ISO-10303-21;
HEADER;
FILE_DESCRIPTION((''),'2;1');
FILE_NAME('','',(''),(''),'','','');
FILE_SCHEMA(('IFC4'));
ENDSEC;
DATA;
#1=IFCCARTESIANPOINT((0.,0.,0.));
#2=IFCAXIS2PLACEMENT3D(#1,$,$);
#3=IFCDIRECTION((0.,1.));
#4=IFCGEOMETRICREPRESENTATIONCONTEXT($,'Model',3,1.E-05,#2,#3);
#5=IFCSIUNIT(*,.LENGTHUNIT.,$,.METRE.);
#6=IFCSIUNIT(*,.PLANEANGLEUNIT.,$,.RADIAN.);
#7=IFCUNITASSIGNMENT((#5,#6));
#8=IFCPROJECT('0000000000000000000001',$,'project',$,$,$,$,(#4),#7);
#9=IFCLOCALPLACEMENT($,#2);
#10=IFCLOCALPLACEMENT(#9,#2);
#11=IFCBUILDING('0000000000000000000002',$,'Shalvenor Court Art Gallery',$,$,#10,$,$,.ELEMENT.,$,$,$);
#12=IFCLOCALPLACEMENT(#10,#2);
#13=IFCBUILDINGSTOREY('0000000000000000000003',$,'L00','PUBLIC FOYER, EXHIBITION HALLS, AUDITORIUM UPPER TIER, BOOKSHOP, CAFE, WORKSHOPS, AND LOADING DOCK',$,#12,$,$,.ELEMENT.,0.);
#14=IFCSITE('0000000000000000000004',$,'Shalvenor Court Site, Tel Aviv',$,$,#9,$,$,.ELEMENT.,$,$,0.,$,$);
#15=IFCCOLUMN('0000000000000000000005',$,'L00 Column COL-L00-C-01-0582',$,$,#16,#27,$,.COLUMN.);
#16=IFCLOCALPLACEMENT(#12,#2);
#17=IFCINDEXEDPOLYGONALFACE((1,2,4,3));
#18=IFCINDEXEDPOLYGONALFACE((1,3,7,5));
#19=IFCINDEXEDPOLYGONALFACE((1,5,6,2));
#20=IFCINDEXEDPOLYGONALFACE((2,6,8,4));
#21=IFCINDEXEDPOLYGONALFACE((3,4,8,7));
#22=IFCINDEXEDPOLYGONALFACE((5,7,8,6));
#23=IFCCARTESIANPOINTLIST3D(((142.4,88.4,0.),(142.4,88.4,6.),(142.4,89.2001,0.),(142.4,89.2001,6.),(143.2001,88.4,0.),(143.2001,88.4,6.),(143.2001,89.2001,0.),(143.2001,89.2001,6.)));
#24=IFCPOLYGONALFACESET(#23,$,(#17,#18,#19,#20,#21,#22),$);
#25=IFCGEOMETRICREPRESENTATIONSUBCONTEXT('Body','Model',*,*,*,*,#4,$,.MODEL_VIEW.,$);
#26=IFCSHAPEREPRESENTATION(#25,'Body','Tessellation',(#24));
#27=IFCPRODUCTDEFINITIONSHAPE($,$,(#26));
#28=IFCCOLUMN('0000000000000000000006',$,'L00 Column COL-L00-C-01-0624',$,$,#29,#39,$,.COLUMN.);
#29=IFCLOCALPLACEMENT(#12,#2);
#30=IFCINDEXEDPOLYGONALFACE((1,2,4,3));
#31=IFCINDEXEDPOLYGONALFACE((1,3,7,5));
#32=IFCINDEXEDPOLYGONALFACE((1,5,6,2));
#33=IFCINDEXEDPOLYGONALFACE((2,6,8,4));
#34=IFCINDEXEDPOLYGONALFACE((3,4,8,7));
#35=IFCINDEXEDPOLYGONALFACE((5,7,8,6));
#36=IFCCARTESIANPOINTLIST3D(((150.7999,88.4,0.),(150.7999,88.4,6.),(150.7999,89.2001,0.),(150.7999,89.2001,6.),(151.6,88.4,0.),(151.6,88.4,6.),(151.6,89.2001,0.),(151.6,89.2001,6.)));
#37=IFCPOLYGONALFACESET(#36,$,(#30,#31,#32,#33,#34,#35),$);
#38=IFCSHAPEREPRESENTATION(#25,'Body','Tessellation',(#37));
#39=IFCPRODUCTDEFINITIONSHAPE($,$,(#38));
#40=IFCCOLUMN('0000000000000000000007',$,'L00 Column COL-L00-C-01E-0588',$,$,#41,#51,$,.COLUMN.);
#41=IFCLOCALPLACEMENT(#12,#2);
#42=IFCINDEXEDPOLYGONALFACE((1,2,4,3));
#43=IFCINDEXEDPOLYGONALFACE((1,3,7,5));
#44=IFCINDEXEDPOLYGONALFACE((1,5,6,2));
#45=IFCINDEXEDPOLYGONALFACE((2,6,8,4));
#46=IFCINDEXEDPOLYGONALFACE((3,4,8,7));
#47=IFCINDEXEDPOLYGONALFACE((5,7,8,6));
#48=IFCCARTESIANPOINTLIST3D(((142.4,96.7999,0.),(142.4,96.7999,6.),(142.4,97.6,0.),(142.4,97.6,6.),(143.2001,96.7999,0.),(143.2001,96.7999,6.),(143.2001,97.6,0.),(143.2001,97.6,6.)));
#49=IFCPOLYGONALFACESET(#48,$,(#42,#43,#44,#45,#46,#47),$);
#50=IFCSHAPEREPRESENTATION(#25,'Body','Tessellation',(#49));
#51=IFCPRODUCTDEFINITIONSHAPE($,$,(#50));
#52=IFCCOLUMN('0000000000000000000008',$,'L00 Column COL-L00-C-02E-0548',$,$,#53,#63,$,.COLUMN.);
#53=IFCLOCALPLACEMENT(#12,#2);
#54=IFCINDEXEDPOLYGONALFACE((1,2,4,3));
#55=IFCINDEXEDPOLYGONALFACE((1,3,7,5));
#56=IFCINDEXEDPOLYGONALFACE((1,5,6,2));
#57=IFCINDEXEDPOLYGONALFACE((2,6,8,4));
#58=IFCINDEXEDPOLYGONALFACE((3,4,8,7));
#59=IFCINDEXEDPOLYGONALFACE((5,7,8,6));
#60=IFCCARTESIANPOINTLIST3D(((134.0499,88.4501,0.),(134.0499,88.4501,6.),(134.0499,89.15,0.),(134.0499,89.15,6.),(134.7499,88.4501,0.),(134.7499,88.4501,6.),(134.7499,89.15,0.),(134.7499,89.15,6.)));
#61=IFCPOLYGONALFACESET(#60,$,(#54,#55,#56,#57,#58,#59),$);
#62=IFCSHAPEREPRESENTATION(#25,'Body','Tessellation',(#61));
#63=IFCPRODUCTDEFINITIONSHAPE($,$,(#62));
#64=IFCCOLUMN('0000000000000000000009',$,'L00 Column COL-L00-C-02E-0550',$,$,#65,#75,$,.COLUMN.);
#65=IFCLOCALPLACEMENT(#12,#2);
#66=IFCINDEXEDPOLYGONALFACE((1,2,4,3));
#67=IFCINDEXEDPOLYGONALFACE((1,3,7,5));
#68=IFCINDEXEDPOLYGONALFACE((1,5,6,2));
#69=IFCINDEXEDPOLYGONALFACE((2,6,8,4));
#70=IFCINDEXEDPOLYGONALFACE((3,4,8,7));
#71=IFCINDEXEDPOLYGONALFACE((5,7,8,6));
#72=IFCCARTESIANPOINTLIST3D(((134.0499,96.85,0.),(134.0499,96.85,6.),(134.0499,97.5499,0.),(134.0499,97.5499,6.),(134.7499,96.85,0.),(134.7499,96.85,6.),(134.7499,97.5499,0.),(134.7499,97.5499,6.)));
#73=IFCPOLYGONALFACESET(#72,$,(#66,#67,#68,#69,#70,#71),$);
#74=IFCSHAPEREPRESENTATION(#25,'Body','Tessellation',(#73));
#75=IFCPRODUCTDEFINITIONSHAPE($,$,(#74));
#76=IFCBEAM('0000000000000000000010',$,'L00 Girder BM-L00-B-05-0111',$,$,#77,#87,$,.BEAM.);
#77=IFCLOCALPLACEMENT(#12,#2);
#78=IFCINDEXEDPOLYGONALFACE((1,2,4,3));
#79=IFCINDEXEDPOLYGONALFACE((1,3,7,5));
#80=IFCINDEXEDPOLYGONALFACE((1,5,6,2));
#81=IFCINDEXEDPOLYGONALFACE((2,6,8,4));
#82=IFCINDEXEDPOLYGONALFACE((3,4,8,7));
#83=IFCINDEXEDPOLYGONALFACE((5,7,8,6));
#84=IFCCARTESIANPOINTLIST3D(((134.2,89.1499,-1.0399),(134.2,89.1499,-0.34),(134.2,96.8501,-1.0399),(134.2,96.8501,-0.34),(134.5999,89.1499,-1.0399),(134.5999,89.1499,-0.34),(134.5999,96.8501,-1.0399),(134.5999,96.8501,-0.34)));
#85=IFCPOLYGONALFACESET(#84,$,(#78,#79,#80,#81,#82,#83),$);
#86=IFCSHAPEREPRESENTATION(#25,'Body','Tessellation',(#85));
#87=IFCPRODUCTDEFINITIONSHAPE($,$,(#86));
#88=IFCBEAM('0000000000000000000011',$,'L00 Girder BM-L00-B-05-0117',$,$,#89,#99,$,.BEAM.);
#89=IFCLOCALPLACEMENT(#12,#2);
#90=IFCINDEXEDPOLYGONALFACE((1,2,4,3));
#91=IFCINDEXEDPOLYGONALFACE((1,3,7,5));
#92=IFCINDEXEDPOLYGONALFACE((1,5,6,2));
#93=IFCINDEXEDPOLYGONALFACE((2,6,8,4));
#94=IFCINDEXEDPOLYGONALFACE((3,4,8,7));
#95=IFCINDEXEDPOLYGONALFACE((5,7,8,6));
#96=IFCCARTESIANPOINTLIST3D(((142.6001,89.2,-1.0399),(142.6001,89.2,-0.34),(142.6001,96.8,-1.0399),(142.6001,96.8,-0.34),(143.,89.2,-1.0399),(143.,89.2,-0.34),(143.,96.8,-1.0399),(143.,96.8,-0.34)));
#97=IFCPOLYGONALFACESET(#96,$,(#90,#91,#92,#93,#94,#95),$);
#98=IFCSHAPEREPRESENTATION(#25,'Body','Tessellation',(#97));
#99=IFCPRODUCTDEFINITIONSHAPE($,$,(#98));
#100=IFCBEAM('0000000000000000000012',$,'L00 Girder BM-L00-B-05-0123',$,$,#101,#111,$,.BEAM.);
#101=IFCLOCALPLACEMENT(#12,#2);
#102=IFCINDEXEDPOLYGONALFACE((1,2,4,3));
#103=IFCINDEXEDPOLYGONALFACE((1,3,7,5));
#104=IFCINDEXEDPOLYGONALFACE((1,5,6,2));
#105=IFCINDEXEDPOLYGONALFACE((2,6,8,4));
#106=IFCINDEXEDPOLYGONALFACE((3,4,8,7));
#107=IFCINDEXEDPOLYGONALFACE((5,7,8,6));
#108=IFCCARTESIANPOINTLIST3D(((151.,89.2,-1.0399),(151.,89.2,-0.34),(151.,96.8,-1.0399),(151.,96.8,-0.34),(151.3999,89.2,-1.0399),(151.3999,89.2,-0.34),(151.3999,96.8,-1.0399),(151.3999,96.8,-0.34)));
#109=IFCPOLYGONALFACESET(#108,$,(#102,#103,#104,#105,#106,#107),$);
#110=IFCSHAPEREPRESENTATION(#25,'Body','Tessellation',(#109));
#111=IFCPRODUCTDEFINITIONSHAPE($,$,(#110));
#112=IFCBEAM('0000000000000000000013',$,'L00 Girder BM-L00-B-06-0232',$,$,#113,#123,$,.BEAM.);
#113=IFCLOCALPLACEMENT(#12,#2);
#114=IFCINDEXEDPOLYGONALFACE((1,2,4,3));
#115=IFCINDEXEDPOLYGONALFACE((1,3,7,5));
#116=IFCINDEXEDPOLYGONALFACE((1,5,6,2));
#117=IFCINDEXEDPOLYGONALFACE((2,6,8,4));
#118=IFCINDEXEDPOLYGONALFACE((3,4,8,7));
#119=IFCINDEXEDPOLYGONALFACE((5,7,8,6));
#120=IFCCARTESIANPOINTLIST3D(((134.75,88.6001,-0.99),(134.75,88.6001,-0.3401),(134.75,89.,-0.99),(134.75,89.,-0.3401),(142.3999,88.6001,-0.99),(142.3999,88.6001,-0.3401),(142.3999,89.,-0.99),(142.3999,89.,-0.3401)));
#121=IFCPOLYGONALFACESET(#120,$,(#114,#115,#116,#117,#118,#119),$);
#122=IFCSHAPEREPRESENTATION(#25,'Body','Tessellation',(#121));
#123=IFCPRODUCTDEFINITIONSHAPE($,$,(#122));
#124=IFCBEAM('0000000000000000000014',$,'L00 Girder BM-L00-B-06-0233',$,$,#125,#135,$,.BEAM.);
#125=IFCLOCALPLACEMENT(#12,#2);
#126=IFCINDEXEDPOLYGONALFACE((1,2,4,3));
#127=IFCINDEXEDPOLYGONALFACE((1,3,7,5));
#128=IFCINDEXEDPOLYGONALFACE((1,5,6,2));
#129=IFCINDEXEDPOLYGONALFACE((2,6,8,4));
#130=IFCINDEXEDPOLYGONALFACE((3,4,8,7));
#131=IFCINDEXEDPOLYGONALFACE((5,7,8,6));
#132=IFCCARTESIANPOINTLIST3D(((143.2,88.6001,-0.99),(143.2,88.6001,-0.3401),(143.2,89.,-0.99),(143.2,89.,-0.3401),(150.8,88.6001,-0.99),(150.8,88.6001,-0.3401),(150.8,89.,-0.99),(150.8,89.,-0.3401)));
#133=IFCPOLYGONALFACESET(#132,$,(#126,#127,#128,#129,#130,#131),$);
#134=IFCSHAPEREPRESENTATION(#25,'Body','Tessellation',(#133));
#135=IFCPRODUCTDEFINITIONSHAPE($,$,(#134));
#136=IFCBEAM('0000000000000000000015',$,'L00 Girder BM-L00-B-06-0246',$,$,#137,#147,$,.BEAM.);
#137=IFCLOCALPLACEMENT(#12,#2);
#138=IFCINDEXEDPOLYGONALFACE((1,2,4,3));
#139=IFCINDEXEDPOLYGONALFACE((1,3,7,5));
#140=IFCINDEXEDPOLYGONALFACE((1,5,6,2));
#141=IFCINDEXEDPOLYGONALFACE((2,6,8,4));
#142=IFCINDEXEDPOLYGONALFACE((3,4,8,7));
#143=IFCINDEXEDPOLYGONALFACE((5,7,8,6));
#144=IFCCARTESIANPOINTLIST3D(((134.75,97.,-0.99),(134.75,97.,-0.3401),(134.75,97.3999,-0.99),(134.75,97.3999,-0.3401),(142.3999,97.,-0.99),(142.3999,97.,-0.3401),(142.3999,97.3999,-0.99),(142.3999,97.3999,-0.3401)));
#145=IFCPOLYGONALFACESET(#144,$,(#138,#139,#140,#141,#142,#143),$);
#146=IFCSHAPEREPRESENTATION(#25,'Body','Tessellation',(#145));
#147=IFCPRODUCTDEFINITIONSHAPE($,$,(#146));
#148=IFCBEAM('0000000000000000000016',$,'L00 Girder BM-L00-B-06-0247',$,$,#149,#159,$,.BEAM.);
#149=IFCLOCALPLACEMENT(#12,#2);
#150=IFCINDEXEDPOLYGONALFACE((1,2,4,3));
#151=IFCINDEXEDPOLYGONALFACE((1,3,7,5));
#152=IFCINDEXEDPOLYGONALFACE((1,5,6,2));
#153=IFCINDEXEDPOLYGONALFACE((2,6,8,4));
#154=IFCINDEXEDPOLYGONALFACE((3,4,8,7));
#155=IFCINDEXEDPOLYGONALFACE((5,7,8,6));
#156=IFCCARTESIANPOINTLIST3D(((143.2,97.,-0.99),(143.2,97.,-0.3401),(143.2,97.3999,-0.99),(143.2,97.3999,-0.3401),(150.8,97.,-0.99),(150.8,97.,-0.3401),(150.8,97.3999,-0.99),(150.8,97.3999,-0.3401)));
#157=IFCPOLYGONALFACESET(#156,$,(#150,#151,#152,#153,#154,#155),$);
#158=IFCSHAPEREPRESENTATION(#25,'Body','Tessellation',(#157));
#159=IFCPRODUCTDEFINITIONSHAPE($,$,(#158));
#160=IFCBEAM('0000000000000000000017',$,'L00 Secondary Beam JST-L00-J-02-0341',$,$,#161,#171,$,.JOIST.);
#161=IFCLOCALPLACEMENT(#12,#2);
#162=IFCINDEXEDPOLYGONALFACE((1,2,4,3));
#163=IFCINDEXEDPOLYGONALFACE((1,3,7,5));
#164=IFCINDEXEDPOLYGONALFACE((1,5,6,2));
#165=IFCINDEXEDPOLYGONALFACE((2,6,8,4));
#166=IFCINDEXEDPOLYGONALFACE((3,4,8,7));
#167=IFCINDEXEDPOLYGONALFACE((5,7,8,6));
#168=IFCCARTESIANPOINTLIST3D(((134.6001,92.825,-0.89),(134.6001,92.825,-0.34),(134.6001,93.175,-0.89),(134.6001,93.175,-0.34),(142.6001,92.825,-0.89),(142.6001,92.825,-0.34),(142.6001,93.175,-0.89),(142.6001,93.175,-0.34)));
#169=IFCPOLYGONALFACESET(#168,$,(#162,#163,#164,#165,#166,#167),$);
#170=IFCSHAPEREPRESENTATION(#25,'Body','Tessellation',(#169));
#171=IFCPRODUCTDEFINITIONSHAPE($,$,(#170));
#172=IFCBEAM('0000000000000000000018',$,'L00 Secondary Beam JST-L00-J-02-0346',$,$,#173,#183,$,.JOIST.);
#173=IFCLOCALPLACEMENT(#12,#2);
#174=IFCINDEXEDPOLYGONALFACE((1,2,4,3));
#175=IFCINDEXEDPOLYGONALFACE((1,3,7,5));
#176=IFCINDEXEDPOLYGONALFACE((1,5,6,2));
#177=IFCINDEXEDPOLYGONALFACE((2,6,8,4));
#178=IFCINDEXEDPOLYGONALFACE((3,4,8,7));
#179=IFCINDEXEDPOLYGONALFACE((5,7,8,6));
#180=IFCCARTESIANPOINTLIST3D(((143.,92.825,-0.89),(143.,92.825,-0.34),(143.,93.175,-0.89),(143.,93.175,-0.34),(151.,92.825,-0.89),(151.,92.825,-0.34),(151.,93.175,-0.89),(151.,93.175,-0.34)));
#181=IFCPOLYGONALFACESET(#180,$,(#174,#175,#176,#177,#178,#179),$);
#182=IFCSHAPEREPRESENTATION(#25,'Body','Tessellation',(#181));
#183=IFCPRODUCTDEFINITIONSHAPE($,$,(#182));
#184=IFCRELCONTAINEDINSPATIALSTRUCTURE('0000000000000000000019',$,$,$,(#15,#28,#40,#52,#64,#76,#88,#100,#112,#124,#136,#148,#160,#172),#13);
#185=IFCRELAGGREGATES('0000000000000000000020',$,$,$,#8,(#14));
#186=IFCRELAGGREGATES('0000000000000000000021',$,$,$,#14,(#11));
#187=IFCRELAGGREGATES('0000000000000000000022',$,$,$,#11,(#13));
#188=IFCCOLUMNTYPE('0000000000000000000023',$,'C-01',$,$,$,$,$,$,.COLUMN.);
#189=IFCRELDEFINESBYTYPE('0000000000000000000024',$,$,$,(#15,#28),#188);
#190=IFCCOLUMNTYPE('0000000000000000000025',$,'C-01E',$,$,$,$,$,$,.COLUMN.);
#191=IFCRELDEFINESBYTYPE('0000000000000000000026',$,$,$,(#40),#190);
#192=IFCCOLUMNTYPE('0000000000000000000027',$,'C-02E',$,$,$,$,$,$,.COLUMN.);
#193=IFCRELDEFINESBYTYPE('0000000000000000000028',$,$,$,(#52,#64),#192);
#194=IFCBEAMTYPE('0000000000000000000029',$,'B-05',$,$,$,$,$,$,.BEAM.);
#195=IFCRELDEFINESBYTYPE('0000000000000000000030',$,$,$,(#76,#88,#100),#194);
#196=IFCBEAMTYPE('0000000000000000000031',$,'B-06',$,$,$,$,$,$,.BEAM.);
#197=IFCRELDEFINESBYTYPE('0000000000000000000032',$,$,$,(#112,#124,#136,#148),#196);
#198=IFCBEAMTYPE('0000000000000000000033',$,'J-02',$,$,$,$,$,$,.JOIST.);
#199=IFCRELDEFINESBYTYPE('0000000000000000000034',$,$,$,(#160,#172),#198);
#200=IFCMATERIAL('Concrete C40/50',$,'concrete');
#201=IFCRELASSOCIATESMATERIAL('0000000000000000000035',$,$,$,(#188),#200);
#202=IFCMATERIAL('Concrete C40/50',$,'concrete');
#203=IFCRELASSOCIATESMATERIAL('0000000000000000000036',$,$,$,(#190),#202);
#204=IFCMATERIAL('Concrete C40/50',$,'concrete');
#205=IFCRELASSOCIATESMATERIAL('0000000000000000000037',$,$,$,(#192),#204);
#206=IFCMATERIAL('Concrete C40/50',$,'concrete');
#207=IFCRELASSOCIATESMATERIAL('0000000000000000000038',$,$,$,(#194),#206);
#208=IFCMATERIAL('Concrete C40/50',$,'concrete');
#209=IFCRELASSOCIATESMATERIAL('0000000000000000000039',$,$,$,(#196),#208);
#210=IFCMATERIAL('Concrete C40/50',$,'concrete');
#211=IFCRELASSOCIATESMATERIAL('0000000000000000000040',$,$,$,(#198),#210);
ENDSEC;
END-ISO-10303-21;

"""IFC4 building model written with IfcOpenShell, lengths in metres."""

from ifc_helpers import new_model, si_unit, direction, frame, origin, origin_2d, place, context, subcontext, project, spatial, rectangle, extrude, material, material_profile, profile_set, type_object, element, save


model = new_model("IFC4")

# Units and contexts
model_context = context("Model", 3, precision=1e-05, world=origin(), true_north=direction((0.0, 1.0)))
body_context = subcontext(model_context, "Body", "Model", "MODEL_VIEW")
ifc_project = project(units=[si_unit("LENGTHUNIT", "METRE"), si_unit("PLANEANGLEUNIT", "RADIAN")], contexts=[model_context])

# Site, building, storey
site_placement = place(None, origin())
site = spatial("IfcSite", under=ifc_project, at=site_placement, Name="Shalvenor Court Site, Tel Aviv", CompositionType="ELEMENT", RefElevation=0.0)
building_placement = place(site_placement, origin())
building = spatial("IfcBuilding", under=site, at=building_placement, Name="Shalvenor Court Art Gallery", CompositionType="ELEMENT")
storey_placement = place(building_placement, origin())
storey = spatial("IfcBuildingStorey", under=building, at=storey_placement, Name="L00", Description="PUBLIC FOYER, EXHIBITION HALLS, AUDITORIUM UPPER TIER, BOOKSHOP, CAFE, WORKSHOPS, AND LOADING DOCK", CompositionType="ELEMENT", Elevation=0.0)

# Columns
ifc_material_1 = material(Name="Concrete C40/50", Category="concrete")
ifc_material_profile_1 = material_profile(ifc_material_1, rectangle(XDim=0.8, YDim=0.8, at=origin_2d()), Name="RC 800x800")
ifc_profile_set_1 = profile_set([ifc_material_profile_1], Name="Concrete C40/50")
column_type_1 = type_object("IfcColumnType", Name="C-01", PredefinedType="COLUMN", material=ifc_profile_set_1)
for number, where, z_axis, x_axis, name in (
    (1, (142.8, 88.8, 0.0), (0.0, 0.0, 1.0), (1.0, 0.0, 0.0), "L00 Column COL-L00-C-01-0582"),
    (2, (151.2, 88.8, 0.0), (0.0, 0.0, 1.0), (1.0, 0.0, 0.0), "L00 Column COL-L00-C-01-0624"),
):
    element("IfcColumn", number, at=place(storey_placement, frame(where, z_axis=z_axis, x_axis=x_axis)), inside=storey, type_object=column_type_1, Name=name, PredefinedType="COLUMN", context=body_context, shape_type="SweptSolid", body=[
        extrude(rectangle(XDim=0.8, YDim=0.8, at=origin_2d()), origin(), (0.0, 0.0, 1.0), 6.0),
    ])
ifc_material_2 = material(Name="Concrete C40/50", Category="concrete")
ifc_material_profile_2 = material_profile(ifc_material_2, rectangle(XDim=0.8, YDim=0.8, at=origin_2d()), Name="RC 800x800")
ifc_profile_set_2 = profile_set([ifc_material_profile_2], Name="Concrete C40/50")
column_type_2 = type_object("IfcColumnType", Name="C-01E", PredefinedType="COLUMN", material=ifc_profile_set_2)
column_placement = place(storey_placement, frame((142.8, 97.2, 0.0), z_axis=(0.0, 0.0, 1.0), x_axis=(1.0, 0.0, 0.0)))
element("IfcColumn", 3, at=column_placement, inside=storey, type_object=column_type_2, Name="L00 Column COL-L00-C-01E-0588", PredefinedType="COLUMN", context=body_context, shape_type="SweptSolid", body=[
    extrude(rectangle(XDim=0.8, YDim=0.8, at=origin_2d()), origin(), (0.0, 0.0, 1.0), 6.0),
])
ifc_material_3 = material(Name="Concrete C40/50", Category="concrete")
ifc_material_profile_3 = material_profile(ifc_material_3, rectangle(XDim=0.7, YDim=0.7, at=origin_2d()), Name="RC 700x700")
ifc_profile_set_3 = profile_set([ifc_material_profile_3], Name="Concrete C40/50")
column_type_3 = type_object("IfcColumnType", Name="C-02E", PredefinedType="COLUMN", material=ifc_profile_set_3)
for number, where, z_axis, x_axis, name in (
    (4, (134.3999, 88.8, 0.0), (0.0, 0.0, 1.0), (1.0, 0.0, 0.0), "L00 Column COL-L00-C-02E-0548"),
    (5, (134.3999, 97.2, 0.0), (0.0, 0.0, 1.0), (1.0, 0.0, 0.0), "L00 Column COL-L00-C-02E-0550"),
):
    element("IfcColumn", number, at=place(storey_placement, frame(where, z_axis=z_axis, x_axis=x_axis)), inside=storey, type_object=column_type_3, Name=name, PredefinedType="COLUMN", context=body_context, shape_type="SweptSolid", body=[
        extrude(rectangle(XDim=0.7, YDim=0.7, at=origin_2d()), origin(), (0.0, 0.0, 1.0), 6.0),
    ])

# Beams
ifc_material_4 = material(Name="Concrete C40/50", Category="concrete")
ifc_material_profile_4 = material_profile(ifc_material_4, rectangle(XDim=0.3999, YDim=0.7, at=origin_2d()), Name="RC 400x700")
ifc_profile_set_4 = profile_set([ifc_material_profile_4], Name="Concrete C40/50")
beam_type_1 = type_object("IfcBeamType", Name="B-05", PredefinedType="BEAM", material=ifc_profile_set_4)
beam_1_placement = place(storey_placement, frame((134.3999, 89.1499, -0.6899), z_axis=(0.0, 1.0, 0.0), x_axis=(-1.0, 0.0, 0.0)))
element("IfcBeam", 6, at=beam_1_placement, inside=storey, type_object=beam_type_1, Name="L00 Girder BM-L00-B-05-0111", PredefinedType="BEAM", context=body_context, shape_type="SweptSolid", body=[
    extrude(rectangle(XDim=0.3999, YDim=0.7, at=origin_2d()), origin(), (0.0, 0.0, 1.0), 7.7002),
])
for number, where, z_axis, x_axis, name in (
    (7, (142.8, 89.2, -0.6899), (0.0, 1.0, 0.0), (-1.0, 0.0, 0.0), "L00 Girder BM-L00-B-05-0117"),
    (8, (151.2, 89.2, -0.6899), (0.0, 1.0, 0.0), (-1.0, 0.0, 0.0), "L00 Girder BM-L00-B-05-0123"),
):
    element("IfcBeam", number, at=place(storey_placement, frame(where, z_axis=z_axis, x_axis=x_axis)), inside=storey, type_object=beam_type_1, Name=name, PredefinedType="BEAM", context=body_context, shape_type="SweptSolid", body=[
        extrude(rectangle(XDim=0.3999, YDim=0.7, at=origin_2d()), origin(), (0.0, 0.0, 1.0), 7.6001),
    ])
ifc_material_5 = material(Name="Concrete C40/50", Category="concrete")
ifc_material_profile_5 = material_profile(ifc_material_5, rectangle(XDim=0.3999, YDim=0.6499, at=origin_2d()), Name="RC 400x650")
ifc_profile_set_5 = profile_set([ifc_material_profile_5], Name="Concrete C40/50")
beam_type_2 = type_object("IfcBeamType", Name="B-06", PredefinedType="BEAM", material=ifc_profile_set_5)
beam_2_placement = place(storey_placement, frame((134.75, 88.8, -0.665), z_axis=(1.0, 0.0, 0.0), x_axis=(0.0, 1.0, 0.0)))
element("IfcBeam", 9, at=beam_2_placement, inside=storey, type_object=beam_type_2, Name="L00 Girder BM-L00-B-06-0232", PredefinedType="BEAM", context=body_context, shape_type="SweptSolid", body=[
    extrude(rectangle(XDim=0.3999, YDim=0.6499, at=origin_2d()), origin(), (0.0, 0.0, 1.0), 7.6499),
])
beam_3_placement = place(storey_placement, frame((143.2, 88.8, -0.665), z_axis=(1.0, 0.0, 0.0), x_axis=(0.0, 1.0, 0.0)))
element("IfcBeam", 10, at=beam_3_placement, inside=storey, type_object=beam_type_2, Name="L00 Girder BM-L00-B-06-0233", PredefinedType="BEAM", context=body_context, shape_type="SweptSolid", body=[
    extrude(rectangle(XDim=0.3999, YDim=0.6499, at=origin_2d()), origin(), (0.0, 0.0, 1.0), 7.6001),
])
beam_4_placement = place(storey_placement, frame((134.75, 97.2, -0.665), z_axis=(1.0, 0.0, 0.0), x_axis=(0.0, 1.0, 0.0)))
element("IfcBeam", 11, at=beam_4_placement, inside=storey, type_object=beam_type_2, Name="L00 Girder BM-L00-B-06-0246", PredefinedType="BEAM", context=body_context, shape_type="SweptSolid", body=[
    extrude(rectangle(XDim=0.3999, YDim=0.6499, at=origin_2d()), origin(), (0.0, 0.0, 1.0), 7.6499),
])
beam_5_placement = place(storey_placement, frame((143.2, 97.2, -0.665), z_axis=(1.0, 0.0, 0.0), x_axis=(0.0, 1.0, 0.0)))
element("IfcBeam", 12, at=beam_5_placement, inside=storey, type_object=beam_type_2, Name="L00 Girder BM-L00-B-06-0247", PredefinedType="BEAM", context=body_context, shape_type="SweptSolid", body=[
    extrude(rectangle(XDim=0.3999, YDim=0.6499, at=origin_2d()), origin(), (0.0, 0.0, 1.0), 7.6001),
])
ifc_material_6 = material(Name="Concrete C40/50", Category="concrete")
ifc_material_profile_6 = material_profile(ifc_material_6, rectangle(XDim=0.3501, YDim=0.55, at=origin_2d()), Name="RC 350x550")
ifc_profile_set_6 = profile_set([ifc_material_profile_6], Name="Concrete C40/50")
beam_type_3 = type_object("IfcBeamType", Name="J-02", PredefinedType="JOIST", material=ifc_profile_set_6)
for number, where, z_axis, x_axis, name in (
    (13, (134.6001, 93.0, -0.615), (1.0, 0.0, 0.0), (0.0, 1.0, 0.0), "L00 Secondary Beam JST-L00-J-02-0341"),
    (14, (143.0, 93.0, -0.615), (1.0, 0.0, 0.0), (0.0, 1.0, 0.0), "L00 Secondary Beam JST-L00-J-02-0346"),
):
    element("IfcBeam", number, at=place(storey_placement, frame(where, z_axis=z_axis, x_axis=x_axis)), inside=storey, type_object=beam_type_3, Name=name, PredefinedType="JOIST", context=body_context, shape_type="SweptSolid", body=[
        extrude(rectangle(XDim=0.3501, YDim=0.55, at=origin_2d()), origin(), (0.0, 0.0, 1.0), 8.0),
    ])

save(model, "model.ifc")
